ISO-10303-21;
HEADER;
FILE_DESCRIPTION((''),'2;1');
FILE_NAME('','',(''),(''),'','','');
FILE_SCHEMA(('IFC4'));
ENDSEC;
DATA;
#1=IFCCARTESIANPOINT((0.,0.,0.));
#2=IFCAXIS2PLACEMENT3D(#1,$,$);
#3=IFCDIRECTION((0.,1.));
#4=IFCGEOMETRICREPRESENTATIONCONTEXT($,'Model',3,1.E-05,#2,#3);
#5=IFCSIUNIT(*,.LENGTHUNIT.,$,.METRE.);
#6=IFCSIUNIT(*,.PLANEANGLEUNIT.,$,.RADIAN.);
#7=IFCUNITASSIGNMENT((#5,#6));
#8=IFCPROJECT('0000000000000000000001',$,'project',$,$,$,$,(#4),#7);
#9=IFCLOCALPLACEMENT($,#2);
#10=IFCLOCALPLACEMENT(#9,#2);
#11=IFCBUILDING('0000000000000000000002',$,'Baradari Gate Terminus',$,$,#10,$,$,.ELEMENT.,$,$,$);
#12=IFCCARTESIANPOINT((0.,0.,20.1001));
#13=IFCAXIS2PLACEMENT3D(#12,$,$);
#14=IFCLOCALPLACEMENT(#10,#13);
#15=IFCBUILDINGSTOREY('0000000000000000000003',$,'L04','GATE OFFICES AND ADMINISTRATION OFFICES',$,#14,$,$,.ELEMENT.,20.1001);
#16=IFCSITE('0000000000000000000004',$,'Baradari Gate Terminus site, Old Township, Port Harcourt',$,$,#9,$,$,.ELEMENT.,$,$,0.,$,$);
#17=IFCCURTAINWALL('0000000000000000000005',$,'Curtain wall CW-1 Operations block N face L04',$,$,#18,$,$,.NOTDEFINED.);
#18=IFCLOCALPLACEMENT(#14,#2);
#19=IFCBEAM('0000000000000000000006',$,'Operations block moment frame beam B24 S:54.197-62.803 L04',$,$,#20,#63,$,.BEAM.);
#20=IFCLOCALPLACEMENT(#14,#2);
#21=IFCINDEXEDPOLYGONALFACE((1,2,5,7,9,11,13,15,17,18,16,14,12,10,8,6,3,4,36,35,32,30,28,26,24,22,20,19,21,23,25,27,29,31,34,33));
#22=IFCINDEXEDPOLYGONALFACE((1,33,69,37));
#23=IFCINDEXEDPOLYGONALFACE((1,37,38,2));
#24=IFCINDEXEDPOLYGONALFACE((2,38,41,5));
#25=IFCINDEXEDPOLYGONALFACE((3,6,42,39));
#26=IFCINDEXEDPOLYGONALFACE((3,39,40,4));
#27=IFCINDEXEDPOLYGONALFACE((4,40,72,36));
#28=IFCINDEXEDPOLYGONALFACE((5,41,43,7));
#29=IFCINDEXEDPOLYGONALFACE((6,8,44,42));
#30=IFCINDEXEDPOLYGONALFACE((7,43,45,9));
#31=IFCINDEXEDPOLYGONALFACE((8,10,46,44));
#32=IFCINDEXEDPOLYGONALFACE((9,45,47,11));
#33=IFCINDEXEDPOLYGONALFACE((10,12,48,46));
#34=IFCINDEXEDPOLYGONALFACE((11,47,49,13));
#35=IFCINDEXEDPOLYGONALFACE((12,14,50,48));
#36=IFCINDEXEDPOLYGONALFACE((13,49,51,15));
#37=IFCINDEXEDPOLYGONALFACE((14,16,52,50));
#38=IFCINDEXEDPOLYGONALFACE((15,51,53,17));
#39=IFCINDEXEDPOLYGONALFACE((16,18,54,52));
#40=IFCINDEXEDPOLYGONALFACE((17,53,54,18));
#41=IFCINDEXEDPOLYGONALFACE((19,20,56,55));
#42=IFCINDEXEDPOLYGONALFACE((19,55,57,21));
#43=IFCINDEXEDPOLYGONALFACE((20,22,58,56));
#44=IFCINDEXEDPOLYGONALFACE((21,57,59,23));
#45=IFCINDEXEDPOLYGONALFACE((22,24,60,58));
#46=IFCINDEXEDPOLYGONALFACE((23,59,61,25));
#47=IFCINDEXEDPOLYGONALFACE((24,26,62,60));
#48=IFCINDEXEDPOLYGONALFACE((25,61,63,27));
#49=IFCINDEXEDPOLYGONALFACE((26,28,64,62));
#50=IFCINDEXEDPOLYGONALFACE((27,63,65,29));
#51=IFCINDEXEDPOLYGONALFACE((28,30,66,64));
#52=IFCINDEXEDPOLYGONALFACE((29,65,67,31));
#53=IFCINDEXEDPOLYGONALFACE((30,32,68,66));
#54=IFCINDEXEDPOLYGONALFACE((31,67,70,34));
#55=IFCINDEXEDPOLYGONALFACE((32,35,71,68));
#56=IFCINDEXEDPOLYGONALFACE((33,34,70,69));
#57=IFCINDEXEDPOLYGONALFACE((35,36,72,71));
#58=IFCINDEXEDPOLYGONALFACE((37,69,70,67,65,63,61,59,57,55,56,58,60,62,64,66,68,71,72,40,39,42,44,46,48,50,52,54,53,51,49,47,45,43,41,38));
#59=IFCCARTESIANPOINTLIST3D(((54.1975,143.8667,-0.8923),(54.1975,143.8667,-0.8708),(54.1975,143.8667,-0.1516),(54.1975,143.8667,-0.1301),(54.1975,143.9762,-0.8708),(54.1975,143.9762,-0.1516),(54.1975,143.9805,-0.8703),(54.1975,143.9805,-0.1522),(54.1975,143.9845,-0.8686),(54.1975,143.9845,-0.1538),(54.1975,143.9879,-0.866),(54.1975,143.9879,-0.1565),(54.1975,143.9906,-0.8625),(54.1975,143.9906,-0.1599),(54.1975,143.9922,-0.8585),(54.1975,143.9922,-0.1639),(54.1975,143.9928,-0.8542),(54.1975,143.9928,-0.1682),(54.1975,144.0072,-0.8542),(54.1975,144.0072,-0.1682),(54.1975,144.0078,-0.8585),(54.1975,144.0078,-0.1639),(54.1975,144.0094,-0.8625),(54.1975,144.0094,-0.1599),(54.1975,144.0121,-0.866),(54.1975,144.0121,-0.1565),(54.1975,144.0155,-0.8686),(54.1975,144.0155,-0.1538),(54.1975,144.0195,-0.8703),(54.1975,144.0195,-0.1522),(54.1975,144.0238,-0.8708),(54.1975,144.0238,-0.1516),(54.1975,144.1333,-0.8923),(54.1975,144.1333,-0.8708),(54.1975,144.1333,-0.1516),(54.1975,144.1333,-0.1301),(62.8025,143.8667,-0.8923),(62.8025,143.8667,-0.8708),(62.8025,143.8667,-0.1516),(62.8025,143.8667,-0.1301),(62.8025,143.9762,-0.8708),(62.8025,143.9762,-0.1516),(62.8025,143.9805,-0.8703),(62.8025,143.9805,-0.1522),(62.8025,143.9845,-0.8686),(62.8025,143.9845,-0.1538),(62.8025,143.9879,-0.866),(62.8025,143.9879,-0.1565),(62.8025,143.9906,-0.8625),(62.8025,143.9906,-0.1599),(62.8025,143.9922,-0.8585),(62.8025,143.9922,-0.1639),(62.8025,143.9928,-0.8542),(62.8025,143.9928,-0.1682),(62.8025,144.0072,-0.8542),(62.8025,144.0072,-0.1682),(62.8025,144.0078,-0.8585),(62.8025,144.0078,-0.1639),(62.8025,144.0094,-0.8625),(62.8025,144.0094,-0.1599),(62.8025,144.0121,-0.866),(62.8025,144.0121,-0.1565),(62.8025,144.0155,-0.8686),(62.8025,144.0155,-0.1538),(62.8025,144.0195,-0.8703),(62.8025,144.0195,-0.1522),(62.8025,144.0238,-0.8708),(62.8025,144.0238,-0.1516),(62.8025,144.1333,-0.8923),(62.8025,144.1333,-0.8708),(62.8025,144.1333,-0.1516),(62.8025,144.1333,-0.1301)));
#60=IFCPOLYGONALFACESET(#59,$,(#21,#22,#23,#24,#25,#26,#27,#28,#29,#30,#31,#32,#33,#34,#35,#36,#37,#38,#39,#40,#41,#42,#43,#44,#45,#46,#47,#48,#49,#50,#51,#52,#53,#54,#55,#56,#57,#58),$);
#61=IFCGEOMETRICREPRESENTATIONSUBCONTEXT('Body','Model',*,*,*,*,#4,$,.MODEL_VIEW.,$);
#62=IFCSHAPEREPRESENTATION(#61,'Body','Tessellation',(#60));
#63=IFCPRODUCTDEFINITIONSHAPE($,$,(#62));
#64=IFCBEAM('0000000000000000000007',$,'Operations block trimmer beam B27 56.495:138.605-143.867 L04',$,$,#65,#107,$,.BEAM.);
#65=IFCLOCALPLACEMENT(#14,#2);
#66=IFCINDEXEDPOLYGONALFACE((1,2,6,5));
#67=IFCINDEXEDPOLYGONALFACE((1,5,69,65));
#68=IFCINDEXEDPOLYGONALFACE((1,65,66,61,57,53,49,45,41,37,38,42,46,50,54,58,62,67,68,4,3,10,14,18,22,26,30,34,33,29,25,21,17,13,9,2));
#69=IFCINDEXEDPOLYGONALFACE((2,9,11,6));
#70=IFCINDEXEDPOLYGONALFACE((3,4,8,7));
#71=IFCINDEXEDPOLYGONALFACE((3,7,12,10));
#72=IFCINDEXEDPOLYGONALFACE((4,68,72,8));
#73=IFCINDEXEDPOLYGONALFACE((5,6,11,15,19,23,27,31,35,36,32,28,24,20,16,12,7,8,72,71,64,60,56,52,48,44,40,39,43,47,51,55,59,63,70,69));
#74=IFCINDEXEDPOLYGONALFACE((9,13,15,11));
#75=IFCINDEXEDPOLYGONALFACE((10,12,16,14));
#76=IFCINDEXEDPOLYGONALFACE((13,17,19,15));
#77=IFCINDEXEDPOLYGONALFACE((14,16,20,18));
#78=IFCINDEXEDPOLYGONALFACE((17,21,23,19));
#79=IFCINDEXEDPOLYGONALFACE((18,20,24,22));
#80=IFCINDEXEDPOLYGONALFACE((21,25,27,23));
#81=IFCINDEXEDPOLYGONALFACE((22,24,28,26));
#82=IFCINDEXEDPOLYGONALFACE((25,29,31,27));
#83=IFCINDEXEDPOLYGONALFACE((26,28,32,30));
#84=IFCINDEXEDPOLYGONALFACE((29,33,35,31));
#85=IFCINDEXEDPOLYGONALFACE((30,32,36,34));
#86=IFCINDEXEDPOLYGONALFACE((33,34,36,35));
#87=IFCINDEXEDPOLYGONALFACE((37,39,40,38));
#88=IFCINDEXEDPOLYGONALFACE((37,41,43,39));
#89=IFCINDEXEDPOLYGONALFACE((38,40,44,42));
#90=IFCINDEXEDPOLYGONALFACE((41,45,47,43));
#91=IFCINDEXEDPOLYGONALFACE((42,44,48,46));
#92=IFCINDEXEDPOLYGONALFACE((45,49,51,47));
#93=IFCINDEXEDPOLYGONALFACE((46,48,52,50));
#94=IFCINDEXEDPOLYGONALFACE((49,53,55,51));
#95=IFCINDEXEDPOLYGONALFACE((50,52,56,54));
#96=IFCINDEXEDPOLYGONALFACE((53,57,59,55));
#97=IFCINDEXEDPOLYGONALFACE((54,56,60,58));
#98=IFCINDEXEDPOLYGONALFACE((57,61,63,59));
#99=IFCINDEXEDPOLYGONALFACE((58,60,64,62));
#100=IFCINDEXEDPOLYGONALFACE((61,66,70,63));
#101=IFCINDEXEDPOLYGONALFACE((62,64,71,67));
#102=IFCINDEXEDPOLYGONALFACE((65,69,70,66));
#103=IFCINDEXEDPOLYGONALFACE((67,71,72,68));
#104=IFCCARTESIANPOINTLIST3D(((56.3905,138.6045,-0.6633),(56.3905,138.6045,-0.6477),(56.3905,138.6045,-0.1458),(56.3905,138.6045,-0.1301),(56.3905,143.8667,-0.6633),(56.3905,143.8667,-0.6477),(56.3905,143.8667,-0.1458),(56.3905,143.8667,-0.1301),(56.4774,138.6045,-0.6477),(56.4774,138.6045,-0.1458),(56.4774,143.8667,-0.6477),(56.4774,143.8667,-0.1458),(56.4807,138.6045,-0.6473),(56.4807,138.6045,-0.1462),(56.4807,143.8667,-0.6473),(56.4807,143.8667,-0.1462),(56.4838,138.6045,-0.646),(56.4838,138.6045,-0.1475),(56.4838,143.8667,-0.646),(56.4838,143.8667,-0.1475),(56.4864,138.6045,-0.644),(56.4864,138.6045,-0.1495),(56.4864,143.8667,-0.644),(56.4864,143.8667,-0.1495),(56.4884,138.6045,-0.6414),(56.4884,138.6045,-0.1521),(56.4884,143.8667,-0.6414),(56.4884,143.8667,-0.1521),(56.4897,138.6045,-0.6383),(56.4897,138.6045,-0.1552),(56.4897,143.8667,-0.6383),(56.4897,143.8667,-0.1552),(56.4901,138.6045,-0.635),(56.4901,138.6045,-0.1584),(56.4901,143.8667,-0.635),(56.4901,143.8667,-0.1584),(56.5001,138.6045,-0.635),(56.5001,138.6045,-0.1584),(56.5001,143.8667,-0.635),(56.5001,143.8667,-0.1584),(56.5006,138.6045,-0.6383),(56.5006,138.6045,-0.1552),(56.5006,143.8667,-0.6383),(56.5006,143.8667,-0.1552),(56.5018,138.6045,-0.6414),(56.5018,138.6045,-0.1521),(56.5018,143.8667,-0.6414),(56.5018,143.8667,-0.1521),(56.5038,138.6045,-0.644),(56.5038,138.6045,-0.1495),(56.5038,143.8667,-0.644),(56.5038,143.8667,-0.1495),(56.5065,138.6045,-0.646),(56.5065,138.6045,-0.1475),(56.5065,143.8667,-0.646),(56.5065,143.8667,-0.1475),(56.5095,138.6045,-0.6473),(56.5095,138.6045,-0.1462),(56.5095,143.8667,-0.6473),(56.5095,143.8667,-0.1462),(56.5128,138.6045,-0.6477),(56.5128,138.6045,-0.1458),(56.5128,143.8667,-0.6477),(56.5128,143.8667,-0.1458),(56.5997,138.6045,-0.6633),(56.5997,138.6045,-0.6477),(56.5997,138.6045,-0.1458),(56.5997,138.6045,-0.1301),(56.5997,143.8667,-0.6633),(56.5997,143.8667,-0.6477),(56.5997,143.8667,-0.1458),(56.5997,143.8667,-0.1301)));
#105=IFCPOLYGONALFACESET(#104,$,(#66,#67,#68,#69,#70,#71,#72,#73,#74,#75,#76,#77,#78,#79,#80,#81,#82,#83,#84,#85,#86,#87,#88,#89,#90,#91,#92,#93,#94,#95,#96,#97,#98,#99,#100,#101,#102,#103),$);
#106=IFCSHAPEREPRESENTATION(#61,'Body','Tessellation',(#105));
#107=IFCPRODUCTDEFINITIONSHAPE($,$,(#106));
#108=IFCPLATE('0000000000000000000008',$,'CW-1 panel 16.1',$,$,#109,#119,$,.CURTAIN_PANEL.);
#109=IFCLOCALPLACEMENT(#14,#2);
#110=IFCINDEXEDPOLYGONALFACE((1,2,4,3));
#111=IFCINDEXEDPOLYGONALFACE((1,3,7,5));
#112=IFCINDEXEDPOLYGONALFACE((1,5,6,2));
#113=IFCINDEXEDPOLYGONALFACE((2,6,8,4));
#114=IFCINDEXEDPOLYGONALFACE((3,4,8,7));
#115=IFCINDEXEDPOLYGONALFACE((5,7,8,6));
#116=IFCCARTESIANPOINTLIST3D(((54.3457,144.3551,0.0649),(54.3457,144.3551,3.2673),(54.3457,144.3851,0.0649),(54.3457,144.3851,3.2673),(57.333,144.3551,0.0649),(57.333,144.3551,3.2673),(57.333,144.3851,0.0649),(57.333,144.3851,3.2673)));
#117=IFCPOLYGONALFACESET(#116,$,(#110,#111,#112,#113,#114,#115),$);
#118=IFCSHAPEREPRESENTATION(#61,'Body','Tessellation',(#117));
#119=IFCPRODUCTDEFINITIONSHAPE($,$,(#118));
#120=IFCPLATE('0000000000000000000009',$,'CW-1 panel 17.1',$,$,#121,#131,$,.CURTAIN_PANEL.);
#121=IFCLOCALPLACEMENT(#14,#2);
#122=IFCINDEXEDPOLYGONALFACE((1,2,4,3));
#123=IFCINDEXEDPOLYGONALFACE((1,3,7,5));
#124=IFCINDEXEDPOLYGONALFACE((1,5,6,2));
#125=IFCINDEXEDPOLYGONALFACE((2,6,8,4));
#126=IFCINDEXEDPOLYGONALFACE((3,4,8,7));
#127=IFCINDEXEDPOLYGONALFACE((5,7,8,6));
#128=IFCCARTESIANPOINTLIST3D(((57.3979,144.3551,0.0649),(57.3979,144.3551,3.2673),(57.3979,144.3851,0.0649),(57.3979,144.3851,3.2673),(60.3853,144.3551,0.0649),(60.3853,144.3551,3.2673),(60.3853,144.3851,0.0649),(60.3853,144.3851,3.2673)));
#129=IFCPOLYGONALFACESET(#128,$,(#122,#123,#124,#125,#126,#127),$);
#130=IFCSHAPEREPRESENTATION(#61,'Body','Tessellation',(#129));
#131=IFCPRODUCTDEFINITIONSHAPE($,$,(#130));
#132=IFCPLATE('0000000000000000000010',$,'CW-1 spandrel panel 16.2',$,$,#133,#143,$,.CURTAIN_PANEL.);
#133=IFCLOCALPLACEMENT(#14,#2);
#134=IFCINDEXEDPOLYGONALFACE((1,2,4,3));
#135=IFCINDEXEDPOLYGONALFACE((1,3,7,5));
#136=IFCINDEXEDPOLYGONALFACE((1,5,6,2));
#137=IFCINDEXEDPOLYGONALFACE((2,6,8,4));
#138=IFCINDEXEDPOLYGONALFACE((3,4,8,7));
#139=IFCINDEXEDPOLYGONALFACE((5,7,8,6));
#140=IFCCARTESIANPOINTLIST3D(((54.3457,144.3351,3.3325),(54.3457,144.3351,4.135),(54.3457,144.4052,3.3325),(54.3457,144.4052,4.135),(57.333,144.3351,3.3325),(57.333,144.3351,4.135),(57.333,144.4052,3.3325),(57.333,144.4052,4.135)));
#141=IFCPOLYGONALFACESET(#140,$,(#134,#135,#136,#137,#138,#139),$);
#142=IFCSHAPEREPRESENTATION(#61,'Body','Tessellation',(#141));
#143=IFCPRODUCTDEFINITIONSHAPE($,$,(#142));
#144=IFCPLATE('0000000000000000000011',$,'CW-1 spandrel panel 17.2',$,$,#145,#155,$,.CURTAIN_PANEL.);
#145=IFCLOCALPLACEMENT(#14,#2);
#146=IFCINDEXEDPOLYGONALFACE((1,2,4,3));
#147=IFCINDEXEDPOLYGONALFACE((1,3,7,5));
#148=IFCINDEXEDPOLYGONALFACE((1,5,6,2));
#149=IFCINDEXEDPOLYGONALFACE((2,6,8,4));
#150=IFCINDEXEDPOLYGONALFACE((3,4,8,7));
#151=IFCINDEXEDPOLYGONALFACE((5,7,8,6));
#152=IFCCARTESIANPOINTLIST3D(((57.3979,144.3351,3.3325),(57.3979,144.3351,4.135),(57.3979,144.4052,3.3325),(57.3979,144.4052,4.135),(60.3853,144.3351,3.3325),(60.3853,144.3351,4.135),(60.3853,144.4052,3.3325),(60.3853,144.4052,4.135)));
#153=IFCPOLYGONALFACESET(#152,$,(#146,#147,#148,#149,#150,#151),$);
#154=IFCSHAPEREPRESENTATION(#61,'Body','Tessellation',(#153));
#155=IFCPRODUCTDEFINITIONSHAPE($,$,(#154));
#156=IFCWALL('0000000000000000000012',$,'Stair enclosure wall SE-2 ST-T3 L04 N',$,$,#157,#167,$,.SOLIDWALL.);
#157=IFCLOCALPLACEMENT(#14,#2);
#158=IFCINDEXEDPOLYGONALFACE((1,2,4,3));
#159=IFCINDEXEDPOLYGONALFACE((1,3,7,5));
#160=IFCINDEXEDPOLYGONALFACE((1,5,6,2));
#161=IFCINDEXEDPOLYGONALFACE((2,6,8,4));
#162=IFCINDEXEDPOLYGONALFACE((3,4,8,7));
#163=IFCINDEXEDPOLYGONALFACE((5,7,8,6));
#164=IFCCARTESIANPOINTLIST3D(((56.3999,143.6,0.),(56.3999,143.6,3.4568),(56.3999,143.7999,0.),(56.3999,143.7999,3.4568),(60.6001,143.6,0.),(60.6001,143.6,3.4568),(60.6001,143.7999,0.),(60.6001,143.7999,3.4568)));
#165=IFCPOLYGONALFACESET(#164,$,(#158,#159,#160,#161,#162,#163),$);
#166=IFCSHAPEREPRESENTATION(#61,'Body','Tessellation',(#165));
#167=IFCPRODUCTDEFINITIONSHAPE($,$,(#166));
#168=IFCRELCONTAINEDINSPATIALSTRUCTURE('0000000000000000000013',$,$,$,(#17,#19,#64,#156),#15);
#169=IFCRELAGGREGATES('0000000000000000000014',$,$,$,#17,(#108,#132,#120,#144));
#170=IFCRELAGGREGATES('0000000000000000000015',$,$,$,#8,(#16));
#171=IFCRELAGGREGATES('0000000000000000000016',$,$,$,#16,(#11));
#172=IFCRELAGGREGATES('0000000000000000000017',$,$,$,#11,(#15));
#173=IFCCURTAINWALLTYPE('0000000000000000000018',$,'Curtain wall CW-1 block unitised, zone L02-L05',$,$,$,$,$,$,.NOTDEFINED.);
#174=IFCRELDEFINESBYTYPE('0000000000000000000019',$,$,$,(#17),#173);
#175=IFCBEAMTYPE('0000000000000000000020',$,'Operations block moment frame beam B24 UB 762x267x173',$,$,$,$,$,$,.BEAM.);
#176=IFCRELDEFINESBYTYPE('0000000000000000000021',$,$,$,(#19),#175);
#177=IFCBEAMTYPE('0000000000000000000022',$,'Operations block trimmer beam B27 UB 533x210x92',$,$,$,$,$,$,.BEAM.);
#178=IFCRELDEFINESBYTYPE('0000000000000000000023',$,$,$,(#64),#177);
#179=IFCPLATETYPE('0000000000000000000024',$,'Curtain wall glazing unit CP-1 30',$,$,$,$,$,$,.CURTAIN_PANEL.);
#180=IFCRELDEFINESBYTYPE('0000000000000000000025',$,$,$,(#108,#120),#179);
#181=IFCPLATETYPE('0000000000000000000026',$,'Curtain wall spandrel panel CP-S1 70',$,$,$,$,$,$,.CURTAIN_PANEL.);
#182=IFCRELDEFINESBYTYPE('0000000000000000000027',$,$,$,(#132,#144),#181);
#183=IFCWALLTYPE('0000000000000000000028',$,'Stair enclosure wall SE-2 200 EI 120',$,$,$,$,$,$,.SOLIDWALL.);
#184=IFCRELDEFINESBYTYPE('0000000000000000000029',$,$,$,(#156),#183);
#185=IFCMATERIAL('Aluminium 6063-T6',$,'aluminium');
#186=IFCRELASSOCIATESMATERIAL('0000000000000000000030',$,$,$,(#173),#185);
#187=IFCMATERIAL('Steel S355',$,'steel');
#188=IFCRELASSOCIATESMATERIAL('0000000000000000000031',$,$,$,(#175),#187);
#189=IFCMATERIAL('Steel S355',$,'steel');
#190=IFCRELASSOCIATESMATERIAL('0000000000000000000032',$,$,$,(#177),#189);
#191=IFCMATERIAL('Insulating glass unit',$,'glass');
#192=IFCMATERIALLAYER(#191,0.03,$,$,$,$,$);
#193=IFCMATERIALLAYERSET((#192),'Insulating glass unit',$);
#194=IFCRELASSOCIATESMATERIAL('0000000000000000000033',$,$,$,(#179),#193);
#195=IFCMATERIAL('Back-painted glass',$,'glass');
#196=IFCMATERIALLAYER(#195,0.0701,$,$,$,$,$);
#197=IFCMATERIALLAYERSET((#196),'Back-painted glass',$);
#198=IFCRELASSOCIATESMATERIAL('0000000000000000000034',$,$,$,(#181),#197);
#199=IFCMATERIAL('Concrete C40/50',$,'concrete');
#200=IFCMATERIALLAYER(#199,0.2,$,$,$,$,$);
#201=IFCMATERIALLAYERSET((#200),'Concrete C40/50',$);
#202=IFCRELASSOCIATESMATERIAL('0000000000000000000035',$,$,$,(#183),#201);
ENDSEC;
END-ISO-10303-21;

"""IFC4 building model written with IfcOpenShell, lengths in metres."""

from ifc_helpers import new_model, si_unit, direction, frame, frame_2d, origin, origin_2d, place, context, subcontext, project, spatial, rectangle, i_section, extrude, material, layer, layer_set, material_profile, profile_set, type_object, element, aggregate, save


model = new_model("IFC4")

# Units and contexts
model_context = context("Model", 3, precision=1e-05, world=origin(), true_north=direction((0.0, 1.0)))
body_context = subcontext(model_context, "Body", "Model", "MODEL_VIEW")
ifc_project = project(units=[si_unit("LENGTHUNIT", "METRE"), si_unit("PLANEANGLEUNIT", "RADIAN")], contexts=[model_context])

# Site, building, storey
site_placement = place(None, origin())
site = spatial("IfcSite", under=ifc_project, at=site_placement, Name="Baradari Gate Terminus site, Old Township, Port Harcourt", CompositionType="ELEMENT", RefElevation=0.0)
building_placement = place(site_placement, origin())
building = spatial("IfcBuilding", under=site, at=building_placement, Name="Baradari Gate Terminus", CompositionType="ELEMENT")
storey_placement = place(building_placement, frame((0.0, 0.0, 20.1001)))
storey = spatial("IfcBuildingStorey", under=building, at=storey_placement, Name="L04", Description="GATE OFFICES AND ADMINISTRATION OFFICES", CompositionType="ELEMENT", Elevation=20.1001)

# Curtain wall
ifc_material_1 = material(Name="Aluminium 6063-T6", Category="aluminium")
curtain_wall_type = type_object("IfcCurtainWallType", Name="Curtain wall CW-1 block unitised, zone L02-L05", PredefinedType="NOTDEFINED", material=ifc_material_1)
curtain_wall_placement = place(storey_placement, origin())
curtain_wall = element("IfcCurtainWall", 1, at=curtain_wall_placement, inside=storey, type_object=curtain_wall_type, Name="Curtain wall CW-1 Operations block N face L04", PredefinedType="NOTDEFINED")

# Beams
ifc_material_2 = material(Name="Steel S355", Category="steel")
ifc_material_profile_1 = material_profile(ifc_material_2, i_section(OverallWidth=0.2666, OverallDepth=0.7622, WebThickness=0.0144, FlangeThickness=0.0215, FilletRadius=0.0166, at=origin_2d()), Name="UB 762x267x173")
ifc_profile_set_1 = profile_set([ifc_material_profile_1], Name="Steel S355")
beam_type_1 = type_object("IfcBeamType", Name="Operations block moment frame beam B24 UB 762x267x173", PredefinedType="BEAM", material=ifc_profile_set_1)
beam_1_placement = place(storey_placement, frame((54.1975, 144.0, -0.5112), z_axis=(1.0, 0.0, 0.0), x_axis=(0.0, 1.0, 0.0)))
element("IfcBeam", 2, at=beam_1_placement, inside=storey, type_object=beam_type_1, Name="Operations block moment frame beam B24 S:54.197-62.803 L04", PredefinedType="BEAM", context=body_context, shape_type="SweptSolid", body=[
    extrude(i_section(OverallWidth=0.2666, OverallDepth=0.7622, WebThickness=0.0144, FlangeThickness=0.0215, FilletRadius=0.0166, at=origin_2d()), origin(), (0.0, 0.0, 1.0), 8.605),
])
ifc_material_3 = material(Name="Steel S355", Category="steel")
ifc_material_profile_2 = material_profile(ifc_material_3, i_section(OverallWidth=0.2092, OverallDepth=0.5332, WebThickness=0.01, FlangeThickness=0.0156, FilletRadius=0.0127, at=origin_2d()), Name="UB 533x210x92")
ifc_profile_set_2 = profile_set([ifc_material_profile_2], Name="Steel S355")
beam_type_2 = type_object("IfcBeamType", Name="Operations block trimmer beam B27 UB 533x210x92", PredefinedType="BEAM", material=ifc_profile_set_2)
beam_2_placement = place(storey_placement, frame((56.4951, 138.6045, -0.3967), z_axis=(0.0, 1.0, 0.0), x_axis=(-1.0, 0.0, 0.0)))
element("IfcBeam", 3, at=beam_2_placement, inside=storey, type_object=beam_type_2, Name="Operations block trimmer beam B27 56.495:138.605-143.867 L04", PredefinedType="BEAM", context=body_context, shape_type="SweptSolid", body=[
    extrude(i_section(OverallWidth=0.2092, OverallDepth=0.5332, WebThickness=0.01, FlangeThickness=0.0156, FilletRadius=0.0127, at=origin_2d()), origin(), (0.0, 0.0, 1.0), 5.2622),
])

# Plates
ifc_material_4 = material(Name="Insulating glass unit", Category="glass")
ifc_layer_1 = layer(ifc_material_4, 0.03)
ifc_layer_set_1 = layer_set([ifc_layer_1], Name="Insulating glass unit")
plate_type_1 = type_object("IfcPlateType", Name="Curtain wall glazing unit CP-1 30", PredefinedType="CURTAIN_PANEL", material=ifc_layer_set_1)
plate_1_placement = place(storey_placement, frame((55.8394, 144.3701, 0.0649), z_axis=(0.0, 0.0, 1.0), x_axis=(1.0, 0.0, 0.0)))
plate_1 = element("IfcPlate", 4, at=plate_1_placement, type_object=plate_type_1, Name="CW-1 panel 16.1", PredefinedType="CURTAIN_PANEL", context=body_context, shape_type="SweptSolid", body=[
    extrude(rectangle(XDim=2.9873, YDim=0.03, at=origin_2d()), origin(), (0.0, 0.0, 1.0), 3.2024),
])
plate_2_placement = place(storey_placement, frame((58.8916, 144.3701, 0.0649), z_axis=(0.0, 0.0, 1.0), x_axis=(1.0, 0.0, 0.0)))
plate_2 = element("IfcPlate", 5, at=plate_2_placement, type_object=plate_type_1, Name="CW-1 panel 17.1", PredefinedType="CURTAIN_PANEL", context=body_context, shape_type="SweptSolid", body=[
    extrude(rectangle(XDim=2.9873, YDim=0.03, at=origin_2d()), origin(), (0.0, 0.0, 1.0), 3.2024),
])
ifc_material_5 = material(Name="Back-painted glass", Category="glass")
ifc_layer_2 = layer(ifc_material_5, 0.0701)
ifc_layer_set_2 = layer_set([ifc_layer_2], Name="Back-painted glass")
plate_type_2 = type_object("IfcPlateType", Name="Curtain wall spandrel panel CP-S1 70", PredefinedType="CURTAIN_PANEL", material=ifc_layer_set_2)
plate_3_placement = place(storey_placement, frame((55.8394, 144.3701, 3.3325), z_axis=(0.0, 0.0, 1.0), x_axis=(1.0, 0.0, 0.0)))
plate_3 = element("IfcPlate", 6, at=plate_3_placement, type_object=plate_type_2, Name="CW-1 spandrel panel 16.2", PredefinedType="CURTAIN_PANEL", context=body_context, shape_type="SweptSolid", body=[
    extrude(rectangle(XDim=2.9873, YDim=0.0701, at=origin_2d()), origin(), (0.0, 0.0, 1.0), 0.8025),
])
plate_4_placement = place(storey_placement, frame((58.8916, 144.3701, 3.3325), z_axis=(0.0, 0.0, 1.0), x_axis=(1.0, 0.0, 0.0)))
plate_4 = element("IfcPlate", 7, at=plate_4_placement, type_object=plate_type_2, Name="CW-1 spandrel panel 17.2", PredefinedType="CURTAIN_PANEL", context=body_context, shape_type="SweptSolid", body=[
    extrude(rectangle(XDim=2.9873, YDim=0.0701, at=origin_2d()), origin(), (0.0, 0.0, 1.0), 0.8025),
])
aggregate(curtain_wall, [plate_1, plate_3, plate_2, plate_4])

# Wall
ifc_material_6 = material(Name="Concrete C40/50", Category="concrete")
ifc_layer_3 = layer(ifc_material_6, 0.2)
ifc_layer_set_3 = layer_set([ifc_layer_3], Name="Concrete C40/50")
wall_type = type_object("IfcWallType", Name="Stair enclosure wall SE-2 200 EI 120", PredefinedType="SOLIDWALL", material=ifc_layer_set_3)
wall_placement = place(storey_placement, frame((56.3999, 143.7, 0.0), z_axis=(0.0, 0.0, 1.0), x_axis=(1.0, 0.0, 0.0)))
element("IfcWall", 8, at=wall_placement, inside=storey, type_object=wall_type, Name="Stair enclosure wall SE-2 ST-T3 L04 N", PredefinedType="SOLIDWALL", context=body_context, shape_type="SweptSolid", body=[
    extrude(rectangle(XDim=4.2002, YDim=0.2, at=frame_2d((2.1001, 0.0))), origin(), (0.0, 0.0, 1.0), 3.4568),
])

save(model, "model.ifc")
